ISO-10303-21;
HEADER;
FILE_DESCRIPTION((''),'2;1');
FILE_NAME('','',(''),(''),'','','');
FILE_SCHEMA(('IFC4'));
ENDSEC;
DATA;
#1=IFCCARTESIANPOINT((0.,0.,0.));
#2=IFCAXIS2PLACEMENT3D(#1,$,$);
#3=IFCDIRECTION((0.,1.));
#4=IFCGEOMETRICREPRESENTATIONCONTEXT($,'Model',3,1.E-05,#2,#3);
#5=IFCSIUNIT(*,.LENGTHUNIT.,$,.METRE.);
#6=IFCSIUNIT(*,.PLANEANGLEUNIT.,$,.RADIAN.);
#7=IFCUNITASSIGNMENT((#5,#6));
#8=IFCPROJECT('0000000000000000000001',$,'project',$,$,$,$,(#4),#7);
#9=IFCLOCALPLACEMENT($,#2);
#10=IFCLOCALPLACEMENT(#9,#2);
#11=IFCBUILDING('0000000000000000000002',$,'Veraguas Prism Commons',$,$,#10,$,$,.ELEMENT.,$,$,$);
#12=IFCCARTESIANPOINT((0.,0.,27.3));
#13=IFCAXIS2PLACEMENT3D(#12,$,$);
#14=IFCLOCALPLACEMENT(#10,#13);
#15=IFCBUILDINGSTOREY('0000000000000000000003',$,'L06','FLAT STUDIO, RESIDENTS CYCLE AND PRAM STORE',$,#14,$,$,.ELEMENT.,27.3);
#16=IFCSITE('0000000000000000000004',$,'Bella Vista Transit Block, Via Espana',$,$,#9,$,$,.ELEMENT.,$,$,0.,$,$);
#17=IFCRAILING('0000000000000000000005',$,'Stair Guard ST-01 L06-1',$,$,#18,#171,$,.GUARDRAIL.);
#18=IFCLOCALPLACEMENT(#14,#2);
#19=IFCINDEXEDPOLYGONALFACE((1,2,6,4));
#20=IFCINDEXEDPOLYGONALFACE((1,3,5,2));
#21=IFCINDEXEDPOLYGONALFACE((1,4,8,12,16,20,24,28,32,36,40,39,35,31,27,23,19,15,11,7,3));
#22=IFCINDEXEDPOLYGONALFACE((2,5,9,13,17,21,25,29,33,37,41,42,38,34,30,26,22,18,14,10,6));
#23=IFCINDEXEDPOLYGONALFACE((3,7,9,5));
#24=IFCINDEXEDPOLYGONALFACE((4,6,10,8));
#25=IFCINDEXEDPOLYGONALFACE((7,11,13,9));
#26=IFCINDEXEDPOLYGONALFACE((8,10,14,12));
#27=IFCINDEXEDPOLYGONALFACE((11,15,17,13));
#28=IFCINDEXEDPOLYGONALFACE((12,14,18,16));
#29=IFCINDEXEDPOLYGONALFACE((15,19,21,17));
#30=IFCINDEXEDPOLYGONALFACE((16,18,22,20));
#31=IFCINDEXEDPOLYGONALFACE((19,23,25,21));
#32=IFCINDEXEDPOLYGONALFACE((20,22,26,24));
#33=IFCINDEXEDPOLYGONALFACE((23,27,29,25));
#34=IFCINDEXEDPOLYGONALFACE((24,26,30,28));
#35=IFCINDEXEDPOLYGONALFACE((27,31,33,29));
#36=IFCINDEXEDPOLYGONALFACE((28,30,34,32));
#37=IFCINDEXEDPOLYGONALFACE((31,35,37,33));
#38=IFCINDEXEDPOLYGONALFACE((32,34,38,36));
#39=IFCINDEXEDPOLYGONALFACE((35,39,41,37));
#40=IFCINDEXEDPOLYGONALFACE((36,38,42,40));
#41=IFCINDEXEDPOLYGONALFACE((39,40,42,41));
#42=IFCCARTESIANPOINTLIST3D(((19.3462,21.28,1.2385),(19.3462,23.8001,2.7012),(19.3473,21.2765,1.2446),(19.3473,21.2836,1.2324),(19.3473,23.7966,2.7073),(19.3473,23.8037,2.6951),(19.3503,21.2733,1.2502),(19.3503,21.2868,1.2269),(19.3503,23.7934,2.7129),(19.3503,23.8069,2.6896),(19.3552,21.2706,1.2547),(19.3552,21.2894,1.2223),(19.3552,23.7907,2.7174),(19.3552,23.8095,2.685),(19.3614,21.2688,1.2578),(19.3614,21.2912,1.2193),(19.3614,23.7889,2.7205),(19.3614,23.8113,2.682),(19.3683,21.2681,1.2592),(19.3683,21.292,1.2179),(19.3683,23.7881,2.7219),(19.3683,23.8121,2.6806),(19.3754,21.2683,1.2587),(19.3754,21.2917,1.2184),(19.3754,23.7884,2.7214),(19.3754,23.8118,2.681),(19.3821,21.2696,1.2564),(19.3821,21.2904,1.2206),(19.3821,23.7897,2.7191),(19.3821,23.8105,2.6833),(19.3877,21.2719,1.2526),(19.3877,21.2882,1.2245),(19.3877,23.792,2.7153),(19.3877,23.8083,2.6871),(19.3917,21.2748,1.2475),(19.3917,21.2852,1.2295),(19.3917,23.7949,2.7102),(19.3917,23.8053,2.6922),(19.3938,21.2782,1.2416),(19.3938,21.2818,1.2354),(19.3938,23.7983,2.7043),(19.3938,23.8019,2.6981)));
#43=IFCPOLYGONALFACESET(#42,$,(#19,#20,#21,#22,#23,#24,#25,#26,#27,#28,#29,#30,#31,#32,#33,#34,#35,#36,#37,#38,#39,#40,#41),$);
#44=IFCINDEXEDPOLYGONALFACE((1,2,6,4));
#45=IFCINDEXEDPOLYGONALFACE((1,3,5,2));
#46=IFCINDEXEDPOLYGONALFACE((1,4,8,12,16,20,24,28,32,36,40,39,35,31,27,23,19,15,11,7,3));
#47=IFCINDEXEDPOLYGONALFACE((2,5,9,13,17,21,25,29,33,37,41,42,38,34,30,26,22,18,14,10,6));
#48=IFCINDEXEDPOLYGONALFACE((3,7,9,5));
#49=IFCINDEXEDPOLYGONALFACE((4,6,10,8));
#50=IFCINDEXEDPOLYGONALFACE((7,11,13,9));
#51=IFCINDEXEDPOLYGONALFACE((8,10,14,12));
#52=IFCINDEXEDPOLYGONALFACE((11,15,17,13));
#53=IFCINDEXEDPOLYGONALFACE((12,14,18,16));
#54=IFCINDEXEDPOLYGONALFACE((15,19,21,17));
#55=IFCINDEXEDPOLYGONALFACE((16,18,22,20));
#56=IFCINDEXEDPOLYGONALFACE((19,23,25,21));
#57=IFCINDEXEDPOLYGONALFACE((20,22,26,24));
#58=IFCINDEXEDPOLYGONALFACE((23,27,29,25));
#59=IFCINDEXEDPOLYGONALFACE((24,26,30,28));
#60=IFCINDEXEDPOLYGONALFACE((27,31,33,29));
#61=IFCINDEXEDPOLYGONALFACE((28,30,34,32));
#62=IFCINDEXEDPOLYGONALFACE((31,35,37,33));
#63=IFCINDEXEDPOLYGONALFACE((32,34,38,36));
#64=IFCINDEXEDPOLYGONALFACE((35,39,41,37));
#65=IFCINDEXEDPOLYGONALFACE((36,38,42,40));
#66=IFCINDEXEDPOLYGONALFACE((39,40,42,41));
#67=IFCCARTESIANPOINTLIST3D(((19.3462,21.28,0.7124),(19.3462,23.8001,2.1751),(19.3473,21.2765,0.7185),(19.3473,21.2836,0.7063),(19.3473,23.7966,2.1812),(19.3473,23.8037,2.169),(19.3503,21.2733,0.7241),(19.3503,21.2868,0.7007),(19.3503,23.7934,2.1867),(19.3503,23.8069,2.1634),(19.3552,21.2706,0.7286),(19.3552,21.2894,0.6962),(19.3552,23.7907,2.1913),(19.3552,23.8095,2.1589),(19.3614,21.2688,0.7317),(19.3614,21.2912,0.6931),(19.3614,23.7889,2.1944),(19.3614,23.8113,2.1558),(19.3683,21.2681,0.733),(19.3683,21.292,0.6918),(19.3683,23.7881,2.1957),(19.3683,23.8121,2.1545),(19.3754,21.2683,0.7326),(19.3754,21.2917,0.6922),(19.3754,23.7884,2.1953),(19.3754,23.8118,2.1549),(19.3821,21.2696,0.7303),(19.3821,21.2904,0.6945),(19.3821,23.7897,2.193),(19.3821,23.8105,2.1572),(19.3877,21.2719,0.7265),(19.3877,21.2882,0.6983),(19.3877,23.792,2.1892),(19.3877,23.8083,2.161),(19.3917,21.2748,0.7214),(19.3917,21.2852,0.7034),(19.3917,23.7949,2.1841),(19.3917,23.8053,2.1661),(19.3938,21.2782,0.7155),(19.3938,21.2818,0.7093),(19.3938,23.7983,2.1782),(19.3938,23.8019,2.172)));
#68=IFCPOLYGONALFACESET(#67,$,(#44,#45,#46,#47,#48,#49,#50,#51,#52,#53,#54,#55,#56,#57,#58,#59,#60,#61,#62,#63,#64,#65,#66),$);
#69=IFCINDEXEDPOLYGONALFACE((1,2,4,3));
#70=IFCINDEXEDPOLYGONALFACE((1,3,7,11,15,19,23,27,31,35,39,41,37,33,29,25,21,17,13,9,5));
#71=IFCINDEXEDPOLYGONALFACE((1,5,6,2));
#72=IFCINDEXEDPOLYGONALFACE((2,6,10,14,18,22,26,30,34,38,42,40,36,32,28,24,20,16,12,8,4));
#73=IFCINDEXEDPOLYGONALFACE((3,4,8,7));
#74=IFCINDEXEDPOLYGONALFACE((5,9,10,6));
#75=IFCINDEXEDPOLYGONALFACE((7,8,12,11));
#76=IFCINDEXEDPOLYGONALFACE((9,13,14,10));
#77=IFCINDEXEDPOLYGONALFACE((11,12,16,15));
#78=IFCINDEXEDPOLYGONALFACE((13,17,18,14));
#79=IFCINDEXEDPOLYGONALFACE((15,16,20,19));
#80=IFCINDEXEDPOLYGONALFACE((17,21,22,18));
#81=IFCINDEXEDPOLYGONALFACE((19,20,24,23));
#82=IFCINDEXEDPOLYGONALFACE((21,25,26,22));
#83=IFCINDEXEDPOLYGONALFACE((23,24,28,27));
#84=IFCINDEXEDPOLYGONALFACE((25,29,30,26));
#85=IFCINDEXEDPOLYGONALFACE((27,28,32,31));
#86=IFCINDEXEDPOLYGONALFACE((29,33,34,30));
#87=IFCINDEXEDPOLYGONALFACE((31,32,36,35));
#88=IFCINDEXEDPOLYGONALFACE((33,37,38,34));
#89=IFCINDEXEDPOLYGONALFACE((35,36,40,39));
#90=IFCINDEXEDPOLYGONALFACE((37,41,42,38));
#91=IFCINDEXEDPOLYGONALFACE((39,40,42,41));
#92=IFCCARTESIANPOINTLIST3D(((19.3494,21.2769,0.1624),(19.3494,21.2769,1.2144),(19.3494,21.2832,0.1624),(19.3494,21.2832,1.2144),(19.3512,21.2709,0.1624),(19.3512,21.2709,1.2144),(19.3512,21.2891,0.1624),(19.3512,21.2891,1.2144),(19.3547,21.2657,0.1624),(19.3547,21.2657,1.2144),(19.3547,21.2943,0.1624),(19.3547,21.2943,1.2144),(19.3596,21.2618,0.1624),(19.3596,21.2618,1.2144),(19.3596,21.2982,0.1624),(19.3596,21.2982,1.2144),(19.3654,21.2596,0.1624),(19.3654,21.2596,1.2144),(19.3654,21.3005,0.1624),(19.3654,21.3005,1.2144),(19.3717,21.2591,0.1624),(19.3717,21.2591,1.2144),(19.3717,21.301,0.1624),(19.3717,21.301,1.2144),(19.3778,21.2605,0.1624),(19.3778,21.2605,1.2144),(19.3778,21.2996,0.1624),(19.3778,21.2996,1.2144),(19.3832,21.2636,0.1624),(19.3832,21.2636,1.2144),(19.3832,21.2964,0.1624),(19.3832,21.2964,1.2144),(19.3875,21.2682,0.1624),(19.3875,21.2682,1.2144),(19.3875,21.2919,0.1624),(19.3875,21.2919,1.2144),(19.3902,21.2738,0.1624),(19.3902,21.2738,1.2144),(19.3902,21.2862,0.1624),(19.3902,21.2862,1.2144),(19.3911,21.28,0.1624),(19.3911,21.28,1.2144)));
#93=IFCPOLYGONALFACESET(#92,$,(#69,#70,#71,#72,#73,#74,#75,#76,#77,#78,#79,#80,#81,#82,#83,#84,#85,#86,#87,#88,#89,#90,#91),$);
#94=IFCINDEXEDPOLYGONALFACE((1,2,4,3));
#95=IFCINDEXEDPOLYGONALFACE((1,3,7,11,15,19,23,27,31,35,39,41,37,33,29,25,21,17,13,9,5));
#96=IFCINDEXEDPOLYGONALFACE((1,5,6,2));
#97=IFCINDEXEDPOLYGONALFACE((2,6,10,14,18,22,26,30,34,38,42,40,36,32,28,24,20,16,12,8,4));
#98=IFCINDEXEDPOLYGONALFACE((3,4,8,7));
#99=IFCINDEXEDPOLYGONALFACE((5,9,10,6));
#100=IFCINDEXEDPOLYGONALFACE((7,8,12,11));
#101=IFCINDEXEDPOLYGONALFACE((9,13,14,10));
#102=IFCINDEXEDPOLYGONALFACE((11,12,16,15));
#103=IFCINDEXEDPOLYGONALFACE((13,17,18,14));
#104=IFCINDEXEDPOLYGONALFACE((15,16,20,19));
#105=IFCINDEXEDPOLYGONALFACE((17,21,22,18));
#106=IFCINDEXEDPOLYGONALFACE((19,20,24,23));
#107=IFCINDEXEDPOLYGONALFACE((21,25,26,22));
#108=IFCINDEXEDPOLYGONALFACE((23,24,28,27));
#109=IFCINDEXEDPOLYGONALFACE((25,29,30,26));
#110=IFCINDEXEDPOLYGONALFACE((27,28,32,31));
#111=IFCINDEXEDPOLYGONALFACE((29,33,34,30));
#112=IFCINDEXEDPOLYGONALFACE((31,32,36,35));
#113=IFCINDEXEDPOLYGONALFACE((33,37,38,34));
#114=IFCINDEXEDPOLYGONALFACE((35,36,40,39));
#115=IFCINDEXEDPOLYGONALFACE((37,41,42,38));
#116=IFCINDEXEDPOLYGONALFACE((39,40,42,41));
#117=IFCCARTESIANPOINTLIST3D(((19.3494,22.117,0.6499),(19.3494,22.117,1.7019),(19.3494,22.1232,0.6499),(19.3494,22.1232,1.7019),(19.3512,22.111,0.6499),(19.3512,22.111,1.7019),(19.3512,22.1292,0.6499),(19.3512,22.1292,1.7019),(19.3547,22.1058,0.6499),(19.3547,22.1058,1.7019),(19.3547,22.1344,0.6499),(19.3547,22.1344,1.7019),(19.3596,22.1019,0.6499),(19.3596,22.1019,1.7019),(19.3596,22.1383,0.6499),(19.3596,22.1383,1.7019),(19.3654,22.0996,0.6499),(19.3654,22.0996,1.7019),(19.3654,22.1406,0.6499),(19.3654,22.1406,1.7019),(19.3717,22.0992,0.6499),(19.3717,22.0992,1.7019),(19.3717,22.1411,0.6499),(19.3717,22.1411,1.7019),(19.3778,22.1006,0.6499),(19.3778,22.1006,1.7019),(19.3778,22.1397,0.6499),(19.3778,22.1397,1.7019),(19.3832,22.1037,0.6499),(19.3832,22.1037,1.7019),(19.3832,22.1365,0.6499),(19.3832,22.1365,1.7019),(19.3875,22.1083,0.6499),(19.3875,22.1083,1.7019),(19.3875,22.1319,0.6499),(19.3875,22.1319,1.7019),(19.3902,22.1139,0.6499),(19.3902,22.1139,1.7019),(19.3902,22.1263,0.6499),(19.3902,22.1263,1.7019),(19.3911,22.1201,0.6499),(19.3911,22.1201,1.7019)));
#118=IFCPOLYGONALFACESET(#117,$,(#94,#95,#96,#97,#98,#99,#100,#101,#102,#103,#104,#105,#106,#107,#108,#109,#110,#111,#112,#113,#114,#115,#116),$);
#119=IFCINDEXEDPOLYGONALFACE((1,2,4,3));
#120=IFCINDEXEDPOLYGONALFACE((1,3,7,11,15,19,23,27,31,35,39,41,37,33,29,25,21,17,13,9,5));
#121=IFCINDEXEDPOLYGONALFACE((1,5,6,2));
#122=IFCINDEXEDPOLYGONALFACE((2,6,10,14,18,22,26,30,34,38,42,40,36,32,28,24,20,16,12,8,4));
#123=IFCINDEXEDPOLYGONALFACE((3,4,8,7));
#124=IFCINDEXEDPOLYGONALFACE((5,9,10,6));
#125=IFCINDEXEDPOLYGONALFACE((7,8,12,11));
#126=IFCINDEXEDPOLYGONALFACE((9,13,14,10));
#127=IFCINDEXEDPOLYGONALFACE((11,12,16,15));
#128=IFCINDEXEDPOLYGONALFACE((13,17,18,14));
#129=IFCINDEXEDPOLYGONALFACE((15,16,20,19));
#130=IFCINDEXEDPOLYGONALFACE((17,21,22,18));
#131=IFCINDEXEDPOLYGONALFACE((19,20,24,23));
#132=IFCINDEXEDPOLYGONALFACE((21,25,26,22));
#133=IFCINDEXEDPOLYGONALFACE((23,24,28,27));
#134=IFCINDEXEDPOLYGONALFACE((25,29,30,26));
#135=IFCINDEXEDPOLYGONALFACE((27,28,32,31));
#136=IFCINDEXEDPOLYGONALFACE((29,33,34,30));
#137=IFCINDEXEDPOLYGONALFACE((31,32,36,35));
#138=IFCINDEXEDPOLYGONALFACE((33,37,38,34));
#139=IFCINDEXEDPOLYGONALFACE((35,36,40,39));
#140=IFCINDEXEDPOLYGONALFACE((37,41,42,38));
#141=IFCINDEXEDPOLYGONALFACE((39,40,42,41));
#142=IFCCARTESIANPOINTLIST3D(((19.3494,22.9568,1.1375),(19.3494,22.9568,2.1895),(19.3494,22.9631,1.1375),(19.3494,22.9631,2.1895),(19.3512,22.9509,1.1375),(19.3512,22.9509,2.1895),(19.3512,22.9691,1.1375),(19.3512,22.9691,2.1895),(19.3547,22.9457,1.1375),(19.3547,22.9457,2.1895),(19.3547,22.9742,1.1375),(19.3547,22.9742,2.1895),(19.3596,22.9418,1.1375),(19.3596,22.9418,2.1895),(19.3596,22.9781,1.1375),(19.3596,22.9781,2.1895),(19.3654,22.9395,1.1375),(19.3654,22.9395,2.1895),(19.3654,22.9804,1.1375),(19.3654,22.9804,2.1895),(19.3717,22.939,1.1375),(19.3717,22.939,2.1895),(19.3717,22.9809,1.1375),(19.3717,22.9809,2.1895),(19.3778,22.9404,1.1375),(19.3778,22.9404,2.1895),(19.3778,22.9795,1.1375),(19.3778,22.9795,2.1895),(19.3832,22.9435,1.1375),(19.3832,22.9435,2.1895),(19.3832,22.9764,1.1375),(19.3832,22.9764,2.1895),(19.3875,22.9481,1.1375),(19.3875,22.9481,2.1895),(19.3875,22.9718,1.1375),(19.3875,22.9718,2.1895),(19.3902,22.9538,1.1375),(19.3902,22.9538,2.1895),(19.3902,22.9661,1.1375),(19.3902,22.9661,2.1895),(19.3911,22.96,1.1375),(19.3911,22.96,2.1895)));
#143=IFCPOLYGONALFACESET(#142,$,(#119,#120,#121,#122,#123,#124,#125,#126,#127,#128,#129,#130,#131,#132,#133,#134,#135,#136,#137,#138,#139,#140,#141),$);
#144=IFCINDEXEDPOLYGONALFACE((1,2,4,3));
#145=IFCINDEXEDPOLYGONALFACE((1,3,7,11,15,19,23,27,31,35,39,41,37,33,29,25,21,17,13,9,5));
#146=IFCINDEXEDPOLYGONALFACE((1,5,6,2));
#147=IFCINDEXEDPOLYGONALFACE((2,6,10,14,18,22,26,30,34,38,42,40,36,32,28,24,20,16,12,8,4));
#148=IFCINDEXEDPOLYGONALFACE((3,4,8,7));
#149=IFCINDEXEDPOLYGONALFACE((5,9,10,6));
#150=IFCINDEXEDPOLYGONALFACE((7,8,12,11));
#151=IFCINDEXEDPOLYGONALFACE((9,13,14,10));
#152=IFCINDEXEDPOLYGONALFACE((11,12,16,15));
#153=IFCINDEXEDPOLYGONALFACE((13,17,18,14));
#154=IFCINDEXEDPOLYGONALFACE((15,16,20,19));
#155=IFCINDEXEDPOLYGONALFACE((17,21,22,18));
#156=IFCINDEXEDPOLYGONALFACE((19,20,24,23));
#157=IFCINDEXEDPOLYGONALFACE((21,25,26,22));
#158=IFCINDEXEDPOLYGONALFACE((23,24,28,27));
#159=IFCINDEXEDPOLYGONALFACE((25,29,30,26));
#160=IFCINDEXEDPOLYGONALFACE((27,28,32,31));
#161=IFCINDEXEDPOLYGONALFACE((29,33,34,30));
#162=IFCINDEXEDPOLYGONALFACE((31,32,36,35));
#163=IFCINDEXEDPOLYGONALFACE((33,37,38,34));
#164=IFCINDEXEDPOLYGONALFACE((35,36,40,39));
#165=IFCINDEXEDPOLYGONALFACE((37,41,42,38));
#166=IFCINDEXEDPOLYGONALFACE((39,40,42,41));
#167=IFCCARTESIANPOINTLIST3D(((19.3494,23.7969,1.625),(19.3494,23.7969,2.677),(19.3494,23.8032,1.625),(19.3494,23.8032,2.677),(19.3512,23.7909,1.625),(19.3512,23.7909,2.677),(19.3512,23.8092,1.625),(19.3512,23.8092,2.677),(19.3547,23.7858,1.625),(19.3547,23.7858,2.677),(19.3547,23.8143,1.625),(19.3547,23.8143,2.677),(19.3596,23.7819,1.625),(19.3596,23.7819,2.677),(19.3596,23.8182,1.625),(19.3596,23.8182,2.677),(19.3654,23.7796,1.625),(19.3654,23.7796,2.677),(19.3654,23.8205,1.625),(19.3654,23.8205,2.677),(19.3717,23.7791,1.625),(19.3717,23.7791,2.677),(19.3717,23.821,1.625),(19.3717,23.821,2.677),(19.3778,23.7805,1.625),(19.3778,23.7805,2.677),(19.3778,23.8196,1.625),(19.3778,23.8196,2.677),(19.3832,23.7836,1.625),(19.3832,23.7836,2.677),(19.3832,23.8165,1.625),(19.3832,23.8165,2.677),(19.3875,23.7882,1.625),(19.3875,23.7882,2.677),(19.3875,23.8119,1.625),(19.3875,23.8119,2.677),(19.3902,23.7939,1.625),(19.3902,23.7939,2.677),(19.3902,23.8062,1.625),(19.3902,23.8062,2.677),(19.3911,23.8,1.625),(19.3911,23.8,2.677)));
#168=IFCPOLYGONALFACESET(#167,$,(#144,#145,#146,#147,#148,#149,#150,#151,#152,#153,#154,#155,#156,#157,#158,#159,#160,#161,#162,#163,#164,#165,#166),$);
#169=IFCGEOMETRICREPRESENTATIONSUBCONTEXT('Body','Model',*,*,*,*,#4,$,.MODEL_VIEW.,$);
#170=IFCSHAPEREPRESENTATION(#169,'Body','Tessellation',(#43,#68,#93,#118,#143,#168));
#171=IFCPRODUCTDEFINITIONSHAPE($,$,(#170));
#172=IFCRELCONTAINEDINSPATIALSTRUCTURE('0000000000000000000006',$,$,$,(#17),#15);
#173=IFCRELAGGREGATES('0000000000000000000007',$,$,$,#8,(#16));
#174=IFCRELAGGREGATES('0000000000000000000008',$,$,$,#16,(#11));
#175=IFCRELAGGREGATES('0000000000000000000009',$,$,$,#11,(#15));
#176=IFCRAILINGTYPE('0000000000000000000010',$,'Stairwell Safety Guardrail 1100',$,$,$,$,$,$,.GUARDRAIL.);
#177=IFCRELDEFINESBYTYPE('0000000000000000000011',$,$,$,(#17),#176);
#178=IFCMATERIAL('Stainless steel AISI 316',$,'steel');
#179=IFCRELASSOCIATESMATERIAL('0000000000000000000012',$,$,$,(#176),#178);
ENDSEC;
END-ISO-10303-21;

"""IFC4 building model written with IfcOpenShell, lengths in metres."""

from ifc_helpers import new_model, si_unit, direction, frame, origin, origin_2d, place, context, subcontext, project, spatial, circle, extrude, material, type_object, element, save


model = new_model("IFC4")

# Units and contexts
model_context = context("Model", 3, precision=1e-05, world=origin(), true_north=direction((0.0, 1.0)))
body_context = subcontext(model_context, "Body", "Model", "MODEL_VIEW")
ifc_project = project(units=[si_unit("LENGTHUNIT", "METRE"), si_unit("PLANEANGLEUNIT", "RADIAN")], contexts=[model_context])

# Site, building, storey
site_placement = place(None, origin())
site = spatial("IfcSite", under=ifc_project, at=site_placement, Name="Bella Vista Transit Block, Via Espana", CompositionType="ELEMENT", RefElevation=0.0)
building_placement = place(site_placement, origin())
building = spatial("IfcBuilding", under=site, at=building_placement, Name="Veraguas Prism Commons", CompositionType="ELEMENT")
storey_placement = place(building_placement, frame((0.0, 0.0, 27.3)))
storey = spatial("IfcBuildingStorey", under=building, at=storey_placement, Name="L06", Description="FLAT STUDIO, RESIDENTS CYCLE AND PRAM STORE", CompositionType="ELEMENT", Elevation=27.3)

# Railing
ifc_material_1 = material(Name="Stainless steel AISI 316", Category="steel")
railing_type_1 = type_object("IfcRailingType", Name="Stairwell Safety Guardrail 1100", PredefinedType="GUARDRAIL", material=ifc_material_1)
railing_1_placement = place(storey_placement, frame((19.3701, 21.28, 0.1624)))
element("IfcRailing", 1, at=railing_1_placement, inside=storey, type_object=railing_type_1, Name="Stair Guard ST-01 L06-1", PredefinedType="GUARDRAIL", context=body_context, shape_type="SweptSolid", body=[
    extrude(circle(Radius=0.0239, at=origin_2d()), frame((0.0, 0.0, 1.0762), z_axis=(0.0, 0.864877, 0.501984), x_axis=(-1.0, 0.0, 0.0)), (0.0, 0.0, 1.0), 2.9138),
    extrude(circle(Radius=0.0239, at=origin_2d()), frame((0.0, 0.0, 0.55), z_axis=(0.0, 0.864877, 0.501984), x_axis=(-1.0, 0.0, 0.0)), (0.0, 0.0, 1.0), 2.9138),
    extrude(circle(Radius=0.021, at=origin_2d()), origin(), (0.0, 0.0, 1.0), 1.052),
    extrude(circle(Radius=0.021, at=origin_2d()), frame((0.0, 0.8401, 0.4875)), (0.0, 0.0, 1.0), 1.052),
    extrude(circle(Radius=0.021, at=origin_2d()), frame((0.0, 1.6799, 0.9751)), (0.0, 0.0, 1.0), 1.052),
    extrude(circle(Radius=0.021, at=origin_2d()), frame((0.0, 2.52, 1.4626)), (0.0, 0.0, 1.0), 1.052),
])

save(model, "model.ifc")
